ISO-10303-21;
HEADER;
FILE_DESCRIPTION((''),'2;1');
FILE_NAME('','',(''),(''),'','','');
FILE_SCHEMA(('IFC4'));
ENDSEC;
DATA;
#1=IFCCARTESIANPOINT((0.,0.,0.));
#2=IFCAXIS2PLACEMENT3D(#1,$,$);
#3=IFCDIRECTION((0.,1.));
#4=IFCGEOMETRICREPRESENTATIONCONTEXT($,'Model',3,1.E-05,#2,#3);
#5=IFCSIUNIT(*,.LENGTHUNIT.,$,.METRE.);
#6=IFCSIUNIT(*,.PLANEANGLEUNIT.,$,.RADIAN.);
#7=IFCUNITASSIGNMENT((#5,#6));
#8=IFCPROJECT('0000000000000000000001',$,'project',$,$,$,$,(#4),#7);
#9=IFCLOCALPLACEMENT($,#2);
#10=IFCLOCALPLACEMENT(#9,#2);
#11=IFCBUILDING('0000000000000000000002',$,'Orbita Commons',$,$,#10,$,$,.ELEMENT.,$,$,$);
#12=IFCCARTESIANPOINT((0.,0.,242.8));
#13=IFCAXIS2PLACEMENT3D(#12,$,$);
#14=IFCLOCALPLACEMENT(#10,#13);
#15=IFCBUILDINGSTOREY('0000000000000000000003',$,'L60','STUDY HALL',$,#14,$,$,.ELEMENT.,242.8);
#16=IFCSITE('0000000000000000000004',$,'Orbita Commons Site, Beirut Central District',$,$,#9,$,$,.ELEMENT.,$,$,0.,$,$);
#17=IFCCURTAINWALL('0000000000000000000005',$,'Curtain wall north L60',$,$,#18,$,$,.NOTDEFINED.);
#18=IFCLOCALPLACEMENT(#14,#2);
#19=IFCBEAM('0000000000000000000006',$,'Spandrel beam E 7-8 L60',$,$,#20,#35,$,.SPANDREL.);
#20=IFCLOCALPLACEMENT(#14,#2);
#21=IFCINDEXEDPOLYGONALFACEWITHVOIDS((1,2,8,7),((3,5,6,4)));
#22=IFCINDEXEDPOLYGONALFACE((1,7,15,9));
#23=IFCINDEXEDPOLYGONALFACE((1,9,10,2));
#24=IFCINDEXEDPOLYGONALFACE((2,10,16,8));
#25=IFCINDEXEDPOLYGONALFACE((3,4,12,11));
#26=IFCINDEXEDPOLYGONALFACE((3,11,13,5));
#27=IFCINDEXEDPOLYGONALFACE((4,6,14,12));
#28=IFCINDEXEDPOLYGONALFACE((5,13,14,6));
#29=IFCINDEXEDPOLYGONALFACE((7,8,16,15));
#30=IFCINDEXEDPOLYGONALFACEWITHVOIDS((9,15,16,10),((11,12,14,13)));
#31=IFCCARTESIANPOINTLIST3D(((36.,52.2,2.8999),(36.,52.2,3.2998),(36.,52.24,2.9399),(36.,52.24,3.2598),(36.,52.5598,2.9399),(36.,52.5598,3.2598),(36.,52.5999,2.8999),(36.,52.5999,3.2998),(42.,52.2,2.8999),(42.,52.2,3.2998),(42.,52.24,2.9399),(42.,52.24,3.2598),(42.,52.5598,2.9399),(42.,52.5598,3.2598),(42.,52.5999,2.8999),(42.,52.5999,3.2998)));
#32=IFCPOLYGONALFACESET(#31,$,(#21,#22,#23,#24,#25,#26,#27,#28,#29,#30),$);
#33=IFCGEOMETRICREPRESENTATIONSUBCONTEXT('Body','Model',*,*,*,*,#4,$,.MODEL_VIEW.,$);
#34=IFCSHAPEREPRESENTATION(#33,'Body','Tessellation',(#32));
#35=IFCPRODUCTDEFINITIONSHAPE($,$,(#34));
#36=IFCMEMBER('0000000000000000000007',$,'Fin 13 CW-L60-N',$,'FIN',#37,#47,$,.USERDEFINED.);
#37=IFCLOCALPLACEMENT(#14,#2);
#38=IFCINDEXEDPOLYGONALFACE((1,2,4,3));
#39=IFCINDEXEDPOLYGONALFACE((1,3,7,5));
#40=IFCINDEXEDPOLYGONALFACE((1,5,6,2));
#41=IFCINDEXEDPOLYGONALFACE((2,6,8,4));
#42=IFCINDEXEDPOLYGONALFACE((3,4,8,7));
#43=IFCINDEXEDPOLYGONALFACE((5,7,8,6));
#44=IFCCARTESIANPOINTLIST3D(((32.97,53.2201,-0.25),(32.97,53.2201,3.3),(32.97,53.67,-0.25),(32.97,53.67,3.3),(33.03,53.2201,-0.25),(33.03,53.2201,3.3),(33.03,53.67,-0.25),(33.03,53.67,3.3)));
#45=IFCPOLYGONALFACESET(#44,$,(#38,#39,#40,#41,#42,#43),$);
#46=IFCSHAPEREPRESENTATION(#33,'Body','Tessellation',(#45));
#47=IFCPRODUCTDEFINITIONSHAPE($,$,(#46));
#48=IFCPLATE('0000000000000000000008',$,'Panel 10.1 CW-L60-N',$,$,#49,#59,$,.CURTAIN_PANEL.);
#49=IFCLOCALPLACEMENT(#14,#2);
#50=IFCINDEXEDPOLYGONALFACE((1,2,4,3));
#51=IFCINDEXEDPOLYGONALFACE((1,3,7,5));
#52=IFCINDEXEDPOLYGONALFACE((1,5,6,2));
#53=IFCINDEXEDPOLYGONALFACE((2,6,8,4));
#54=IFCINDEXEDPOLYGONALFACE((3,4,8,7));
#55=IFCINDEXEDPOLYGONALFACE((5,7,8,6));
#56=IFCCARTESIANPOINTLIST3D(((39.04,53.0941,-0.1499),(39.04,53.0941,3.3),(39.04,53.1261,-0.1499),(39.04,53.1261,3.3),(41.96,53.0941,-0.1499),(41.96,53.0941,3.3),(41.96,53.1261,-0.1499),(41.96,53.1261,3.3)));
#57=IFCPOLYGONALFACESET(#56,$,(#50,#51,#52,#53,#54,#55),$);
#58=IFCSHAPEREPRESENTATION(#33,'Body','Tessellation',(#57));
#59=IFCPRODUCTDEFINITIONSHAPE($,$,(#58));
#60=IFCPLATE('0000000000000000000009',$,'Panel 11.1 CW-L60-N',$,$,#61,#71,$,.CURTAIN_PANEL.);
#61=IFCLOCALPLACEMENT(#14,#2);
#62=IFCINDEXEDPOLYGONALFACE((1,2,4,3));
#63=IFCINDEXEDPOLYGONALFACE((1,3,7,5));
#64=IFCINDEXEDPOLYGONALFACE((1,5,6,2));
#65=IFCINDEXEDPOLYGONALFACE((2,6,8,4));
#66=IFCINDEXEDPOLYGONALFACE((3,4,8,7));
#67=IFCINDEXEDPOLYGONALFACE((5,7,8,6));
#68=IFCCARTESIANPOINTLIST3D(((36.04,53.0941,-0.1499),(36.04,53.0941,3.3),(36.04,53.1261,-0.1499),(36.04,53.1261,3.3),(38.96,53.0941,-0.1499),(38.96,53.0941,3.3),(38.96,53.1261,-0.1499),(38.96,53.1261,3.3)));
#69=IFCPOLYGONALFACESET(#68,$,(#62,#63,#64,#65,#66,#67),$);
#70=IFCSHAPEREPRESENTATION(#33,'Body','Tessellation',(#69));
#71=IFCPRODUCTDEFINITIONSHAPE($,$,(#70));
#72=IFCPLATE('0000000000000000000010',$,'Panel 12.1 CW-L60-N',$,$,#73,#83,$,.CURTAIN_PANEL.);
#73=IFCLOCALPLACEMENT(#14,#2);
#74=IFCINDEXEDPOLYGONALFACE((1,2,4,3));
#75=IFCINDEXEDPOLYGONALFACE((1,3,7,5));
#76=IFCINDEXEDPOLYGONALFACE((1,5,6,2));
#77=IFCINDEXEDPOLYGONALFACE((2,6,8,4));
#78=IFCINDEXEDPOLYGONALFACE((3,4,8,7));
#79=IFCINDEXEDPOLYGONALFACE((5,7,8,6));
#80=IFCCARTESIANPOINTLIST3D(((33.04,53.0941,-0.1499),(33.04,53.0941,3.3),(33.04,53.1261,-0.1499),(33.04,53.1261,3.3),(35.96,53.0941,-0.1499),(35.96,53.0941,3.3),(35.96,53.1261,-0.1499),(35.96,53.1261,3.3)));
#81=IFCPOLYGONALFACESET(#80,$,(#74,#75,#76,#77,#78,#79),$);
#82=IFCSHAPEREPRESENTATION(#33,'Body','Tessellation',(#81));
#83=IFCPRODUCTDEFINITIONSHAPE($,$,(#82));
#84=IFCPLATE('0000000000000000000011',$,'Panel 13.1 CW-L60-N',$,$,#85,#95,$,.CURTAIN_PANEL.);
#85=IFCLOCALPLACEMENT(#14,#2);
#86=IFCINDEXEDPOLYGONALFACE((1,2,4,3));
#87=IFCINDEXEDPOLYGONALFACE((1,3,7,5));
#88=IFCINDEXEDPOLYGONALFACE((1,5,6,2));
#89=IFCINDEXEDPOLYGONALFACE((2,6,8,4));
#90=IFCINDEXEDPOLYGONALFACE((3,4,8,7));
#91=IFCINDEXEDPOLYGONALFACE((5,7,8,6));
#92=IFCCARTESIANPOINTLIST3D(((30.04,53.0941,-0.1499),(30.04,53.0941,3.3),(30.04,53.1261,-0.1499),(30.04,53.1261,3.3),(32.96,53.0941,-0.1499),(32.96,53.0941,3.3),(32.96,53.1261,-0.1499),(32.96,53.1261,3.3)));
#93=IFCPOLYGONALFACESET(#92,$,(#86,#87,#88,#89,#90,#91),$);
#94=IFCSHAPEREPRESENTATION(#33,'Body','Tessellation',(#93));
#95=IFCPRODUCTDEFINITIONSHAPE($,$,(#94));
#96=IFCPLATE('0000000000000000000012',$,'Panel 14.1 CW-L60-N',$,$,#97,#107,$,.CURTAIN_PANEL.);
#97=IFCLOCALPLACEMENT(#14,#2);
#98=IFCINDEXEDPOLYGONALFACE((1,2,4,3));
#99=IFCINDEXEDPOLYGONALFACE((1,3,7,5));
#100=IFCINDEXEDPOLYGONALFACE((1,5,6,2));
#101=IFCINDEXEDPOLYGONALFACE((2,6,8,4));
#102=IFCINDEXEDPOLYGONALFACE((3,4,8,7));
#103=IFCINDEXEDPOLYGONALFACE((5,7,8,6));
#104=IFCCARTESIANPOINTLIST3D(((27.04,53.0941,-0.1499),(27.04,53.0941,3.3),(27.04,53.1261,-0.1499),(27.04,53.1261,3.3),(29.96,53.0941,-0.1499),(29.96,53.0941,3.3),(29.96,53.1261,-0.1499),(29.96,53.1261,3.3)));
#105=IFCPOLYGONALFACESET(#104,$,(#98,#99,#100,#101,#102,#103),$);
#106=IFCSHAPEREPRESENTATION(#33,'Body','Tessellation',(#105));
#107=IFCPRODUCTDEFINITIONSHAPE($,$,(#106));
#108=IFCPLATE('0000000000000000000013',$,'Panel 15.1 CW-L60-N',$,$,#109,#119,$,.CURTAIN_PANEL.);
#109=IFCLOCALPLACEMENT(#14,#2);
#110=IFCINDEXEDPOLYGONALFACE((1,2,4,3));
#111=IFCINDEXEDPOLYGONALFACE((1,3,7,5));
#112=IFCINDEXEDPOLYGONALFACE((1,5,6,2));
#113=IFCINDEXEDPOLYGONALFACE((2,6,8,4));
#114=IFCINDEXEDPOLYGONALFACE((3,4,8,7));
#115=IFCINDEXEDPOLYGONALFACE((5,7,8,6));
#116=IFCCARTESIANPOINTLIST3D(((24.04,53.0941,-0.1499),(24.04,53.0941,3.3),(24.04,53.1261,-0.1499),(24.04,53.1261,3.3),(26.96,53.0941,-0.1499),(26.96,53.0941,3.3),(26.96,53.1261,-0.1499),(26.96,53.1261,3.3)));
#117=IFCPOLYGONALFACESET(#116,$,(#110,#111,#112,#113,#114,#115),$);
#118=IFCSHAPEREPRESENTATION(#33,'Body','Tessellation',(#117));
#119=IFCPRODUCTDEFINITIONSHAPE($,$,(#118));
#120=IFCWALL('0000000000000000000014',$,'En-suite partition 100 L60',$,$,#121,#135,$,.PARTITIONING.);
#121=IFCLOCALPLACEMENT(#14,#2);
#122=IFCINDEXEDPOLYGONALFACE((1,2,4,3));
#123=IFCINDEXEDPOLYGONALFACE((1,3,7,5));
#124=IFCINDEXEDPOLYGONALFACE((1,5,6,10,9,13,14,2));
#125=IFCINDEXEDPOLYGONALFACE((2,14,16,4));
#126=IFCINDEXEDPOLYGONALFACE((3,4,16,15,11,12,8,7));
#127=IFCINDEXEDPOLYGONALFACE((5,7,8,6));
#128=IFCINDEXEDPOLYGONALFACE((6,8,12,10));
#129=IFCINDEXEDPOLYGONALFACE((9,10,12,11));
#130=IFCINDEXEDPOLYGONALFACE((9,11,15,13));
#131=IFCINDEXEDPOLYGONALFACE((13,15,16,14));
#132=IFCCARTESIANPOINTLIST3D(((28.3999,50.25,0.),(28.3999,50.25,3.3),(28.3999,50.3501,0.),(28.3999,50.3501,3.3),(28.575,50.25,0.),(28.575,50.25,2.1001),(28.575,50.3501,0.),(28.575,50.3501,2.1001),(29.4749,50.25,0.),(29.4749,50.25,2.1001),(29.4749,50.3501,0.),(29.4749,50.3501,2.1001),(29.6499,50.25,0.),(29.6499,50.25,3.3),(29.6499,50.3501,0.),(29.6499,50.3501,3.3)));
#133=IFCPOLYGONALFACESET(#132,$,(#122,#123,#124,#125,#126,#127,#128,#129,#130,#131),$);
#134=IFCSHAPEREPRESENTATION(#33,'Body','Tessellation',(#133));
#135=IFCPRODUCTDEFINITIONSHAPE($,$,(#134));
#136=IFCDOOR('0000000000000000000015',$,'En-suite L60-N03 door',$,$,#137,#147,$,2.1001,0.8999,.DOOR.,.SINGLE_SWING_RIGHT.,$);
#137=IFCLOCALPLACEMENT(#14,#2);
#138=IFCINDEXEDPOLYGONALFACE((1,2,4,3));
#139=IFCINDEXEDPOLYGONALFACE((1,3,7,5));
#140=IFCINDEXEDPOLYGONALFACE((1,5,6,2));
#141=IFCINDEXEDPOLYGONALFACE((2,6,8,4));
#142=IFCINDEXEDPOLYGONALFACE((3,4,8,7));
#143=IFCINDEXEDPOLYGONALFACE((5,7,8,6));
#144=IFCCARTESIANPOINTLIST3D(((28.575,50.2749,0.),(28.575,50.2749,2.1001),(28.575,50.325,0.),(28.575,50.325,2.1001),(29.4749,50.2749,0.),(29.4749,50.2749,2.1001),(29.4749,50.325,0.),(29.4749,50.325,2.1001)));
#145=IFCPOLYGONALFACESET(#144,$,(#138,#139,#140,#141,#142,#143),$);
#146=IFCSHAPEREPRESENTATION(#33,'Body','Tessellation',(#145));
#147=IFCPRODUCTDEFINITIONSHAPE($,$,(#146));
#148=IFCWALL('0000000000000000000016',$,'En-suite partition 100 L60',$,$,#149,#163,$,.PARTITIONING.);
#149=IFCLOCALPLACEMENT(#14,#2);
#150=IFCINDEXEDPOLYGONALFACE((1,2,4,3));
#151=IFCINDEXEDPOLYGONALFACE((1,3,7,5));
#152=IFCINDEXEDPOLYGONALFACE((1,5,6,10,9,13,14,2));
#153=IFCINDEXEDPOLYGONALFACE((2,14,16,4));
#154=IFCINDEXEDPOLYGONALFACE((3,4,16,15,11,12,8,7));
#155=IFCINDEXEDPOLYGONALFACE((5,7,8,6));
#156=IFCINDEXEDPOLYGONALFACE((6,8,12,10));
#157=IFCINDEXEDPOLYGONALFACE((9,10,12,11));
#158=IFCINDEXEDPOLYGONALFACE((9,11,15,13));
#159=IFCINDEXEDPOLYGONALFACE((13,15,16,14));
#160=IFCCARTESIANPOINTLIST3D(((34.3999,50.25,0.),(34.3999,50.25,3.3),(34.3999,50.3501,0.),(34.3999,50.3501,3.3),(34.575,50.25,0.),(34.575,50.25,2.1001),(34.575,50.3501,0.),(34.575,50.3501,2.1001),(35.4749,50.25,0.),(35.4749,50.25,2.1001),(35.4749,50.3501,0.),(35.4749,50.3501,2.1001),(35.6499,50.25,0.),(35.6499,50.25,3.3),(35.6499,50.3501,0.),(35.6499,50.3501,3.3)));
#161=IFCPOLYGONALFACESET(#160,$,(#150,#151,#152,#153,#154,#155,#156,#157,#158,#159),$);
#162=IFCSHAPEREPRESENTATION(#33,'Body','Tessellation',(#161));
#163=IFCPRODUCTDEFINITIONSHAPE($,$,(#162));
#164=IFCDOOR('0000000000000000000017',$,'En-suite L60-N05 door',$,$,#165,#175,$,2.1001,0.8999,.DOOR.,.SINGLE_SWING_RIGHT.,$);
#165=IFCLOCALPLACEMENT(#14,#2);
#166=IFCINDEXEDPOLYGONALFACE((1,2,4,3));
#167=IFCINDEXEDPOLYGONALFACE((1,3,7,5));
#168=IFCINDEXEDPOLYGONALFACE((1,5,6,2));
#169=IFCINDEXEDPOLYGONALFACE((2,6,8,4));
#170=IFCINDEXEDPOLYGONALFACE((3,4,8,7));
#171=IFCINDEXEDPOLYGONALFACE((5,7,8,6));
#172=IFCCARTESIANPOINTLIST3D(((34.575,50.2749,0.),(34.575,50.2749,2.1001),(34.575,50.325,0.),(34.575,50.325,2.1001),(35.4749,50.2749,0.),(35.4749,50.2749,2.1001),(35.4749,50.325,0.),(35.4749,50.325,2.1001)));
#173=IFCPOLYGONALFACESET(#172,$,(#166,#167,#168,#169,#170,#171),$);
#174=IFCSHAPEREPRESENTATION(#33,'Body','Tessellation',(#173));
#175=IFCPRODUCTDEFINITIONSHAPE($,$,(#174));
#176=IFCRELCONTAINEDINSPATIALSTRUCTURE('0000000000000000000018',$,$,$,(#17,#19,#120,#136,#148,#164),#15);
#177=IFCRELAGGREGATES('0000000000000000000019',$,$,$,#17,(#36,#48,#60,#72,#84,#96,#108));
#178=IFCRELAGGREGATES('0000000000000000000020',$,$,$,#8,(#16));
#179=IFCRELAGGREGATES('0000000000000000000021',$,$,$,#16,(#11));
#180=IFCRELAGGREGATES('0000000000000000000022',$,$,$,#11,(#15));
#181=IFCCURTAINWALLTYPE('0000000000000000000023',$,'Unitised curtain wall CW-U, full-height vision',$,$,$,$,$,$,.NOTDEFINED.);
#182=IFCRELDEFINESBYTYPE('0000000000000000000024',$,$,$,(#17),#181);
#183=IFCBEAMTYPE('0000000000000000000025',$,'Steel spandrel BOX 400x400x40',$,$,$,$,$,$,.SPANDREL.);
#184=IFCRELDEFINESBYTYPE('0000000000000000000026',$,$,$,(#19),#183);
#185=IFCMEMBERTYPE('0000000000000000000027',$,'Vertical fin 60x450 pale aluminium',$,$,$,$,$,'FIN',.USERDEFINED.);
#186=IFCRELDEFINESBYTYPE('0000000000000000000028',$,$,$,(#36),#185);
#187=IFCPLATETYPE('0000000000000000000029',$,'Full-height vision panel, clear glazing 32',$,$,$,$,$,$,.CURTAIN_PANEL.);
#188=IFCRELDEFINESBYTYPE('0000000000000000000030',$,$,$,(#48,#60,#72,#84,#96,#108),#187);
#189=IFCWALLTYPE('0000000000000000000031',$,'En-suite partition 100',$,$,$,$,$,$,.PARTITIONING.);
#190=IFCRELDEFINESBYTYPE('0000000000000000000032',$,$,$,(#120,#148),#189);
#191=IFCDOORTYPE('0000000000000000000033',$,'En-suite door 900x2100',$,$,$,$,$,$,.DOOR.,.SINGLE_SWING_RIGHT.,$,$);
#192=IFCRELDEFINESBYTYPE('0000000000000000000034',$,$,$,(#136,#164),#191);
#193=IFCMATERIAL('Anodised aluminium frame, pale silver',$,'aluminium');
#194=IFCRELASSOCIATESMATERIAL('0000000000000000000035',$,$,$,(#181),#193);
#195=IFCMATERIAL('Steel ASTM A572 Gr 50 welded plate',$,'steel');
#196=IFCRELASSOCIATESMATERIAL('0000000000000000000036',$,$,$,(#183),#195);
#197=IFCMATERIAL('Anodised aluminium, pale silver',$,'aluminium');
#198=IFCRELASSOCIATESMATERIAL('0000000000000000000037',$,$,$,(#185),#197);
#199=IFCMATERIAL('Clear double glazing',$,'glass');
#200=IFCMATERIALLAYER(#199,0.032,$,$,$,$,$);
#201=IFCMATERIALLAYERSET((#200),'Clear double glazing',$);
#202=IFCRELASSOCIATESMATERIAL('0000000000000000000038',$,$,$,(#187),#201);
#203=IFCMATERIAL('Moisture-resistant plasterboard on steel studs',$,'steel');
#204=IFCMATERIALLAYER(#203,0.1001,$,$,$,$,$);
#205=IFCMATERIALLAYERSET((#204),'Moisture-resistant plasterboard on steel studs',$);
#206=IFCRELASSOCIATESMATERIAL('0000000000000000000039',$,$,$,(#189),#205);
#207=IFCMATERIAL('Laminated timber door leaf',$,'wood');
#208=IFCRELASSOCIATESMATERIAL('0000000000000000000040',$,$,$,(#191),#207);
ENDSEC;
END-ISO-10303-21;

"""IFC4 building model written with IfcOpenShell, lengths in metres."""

from ifc_helpers import new_model, si_unit, direction, frame, frame_2d, origin, origin_2d, place, context, subcontext, project, spatial, rectangle, hollow_rectangle, extrude, material, layer, layer_set, material_profile, profile_set, type_object, element, fill, aggregate, save


model = new_model("IFC4")

# Units and contexts
model_context = context("Model", 3, precision=1e-05, world=origin(), true_north=direction((0.0, 1.0)))
body_context = subcontext(model_context, "Body", "Model", "MODEL_VIEW")
ifc_project = project(units=[si_unit("LENGTHUNIT", "METRE"), si_unit("PLANEANGLEUNIT", "RADIAN")], contexts=[model_context])

# Site, building, storey
site_placement = place(None, origin())
site = spatial("IfcSite", under=ifc_project, at=site_placement, Name="Orbita Commons Site, Beirut Central District", CompositionType="ELEMENT", RefElevation=0.0)
building_placement = place(site_placement, origin())
building = spatial("IfcBuilding", under=site, at=building_placement, Name="Orbita Commons", CompositionType="ELEMENT")
storey_placement = place(building_placement, frame((0.0, 0.0, 242.8)))
storey = spatial("IfcBuildingStorey", under=building, at=storey_placement, Name="L60", Description="STUDY HALL", CompositionType="ELEMENT", Elevation=242.8)

# Curtain wall
ifc_material_1 = material(Name="Anodised aluminium frame, pale silver", Category="aluminium")
curtain_wall_type = type_object("IfcCurtainWallType", Name="Unitised curtain wall CW-U, full-height vision", PredefinedType="NOTDEFINED", material=ifc_material_1)
curtain_wall_placement = place(storey_placement, origin())
curtain_wall = element("IfcCurtainWall", 1, at=curtain_wall_placement, inside=storey, type_object=curtain_wall_type, Name="Curtain wall north L60", PredefinedType="NOTDEFINED")

# Beam
ifc_material_2 = material(Name="Steel ASTM A572 Gr 50 welded plate", Category="steel")
ifc_material_profile_1 = material_profile(ifc_material_2, hollow_rectangle(XDim=0.3999, YDim=0.3999, WallThickness=0.04, at=origin_2d()), Name="BOX 400x400x40")
ifc_profile_set_1 = profile_set([ifc_material_profile_1], Name="Steel ASTM A572 Gr 50 welded plate")
beam_type = type_object("IfcBeamType", Name="Steel spandrel BOX 400x400x40", PredefinedType="SPANDREL", material=ifc_profile_set_1)
for number, where, z_axis, x_axis, name in (
    (2, (36.0, 52.3999, 3.0999), (1.0, 0.0, 0.0), (0.0, 1.0, 0.0), "Spandrel beam E 7-8 L60"),
):
    element("IfcBeam", number, at=place(storey_placement, frame(where, z_axis=z_axis, x_axis=x_axis)), inside=storey, type_object=beam_type, Name=name, PredefinedType="SPANDREL", context=body_context, shape_type="SweptSolid", body=[
        extrude(hollow_rectangle(XDim=0.3999, YDim=0.3999, WallThickness=0.04, at=origin_2d()), origin(), (0.0, 0.0, 1.0), 6.0),
    ])

# Member
ifc_material_3 = material(Name="Anodised aluminium, pale silver", Category="aluminium")
ifc_material_profile_2 = material_profile(ifc_material_3, rectangle(XDim=0.0601, YDim=0.45, at=origin_2d()), Name="FIN 60x450")
ifc_profile_set_2 = profile_set([ifc_material_profile_2], Name="Anodised aluminium, pale silver")
member_type_1 = type_object("IfcMemberType", Name="Vertical fin 60x450 pale aluminium", ElementType="FIN", PredefinedType="USERDEFINED", material=ifc_profile_set_2)
member_1_placement = place(storey_placement, frame((33.0, 53.4451, -0.25), z_axis=(0.0, 0.0, 1.0), x_axis=(-1.0, 0.0, 0.0)))
member_1 = element("IfcMember", 3, at=member_1_placement, type_object=member_type_1, Name="Fin 13 CW-L60-N", ObjectType="FIN", PredefinedType="USERDEFINED", context=body_context, shape_type="SweptSolid", body=[
    extrude(rectangle(XDim=0.0601, YDim=0.45, at=origin_2d()), origin(), (0.0, 0.0, 1.0), 3.55),
])

# Plates
ifc_material_4 = material(Name="Clear double glazing", Category="glass")
ifc_layer_1 = layer(ifc_material_4, 0.032)
ifc_layer_set_1 = layer_set([ifc_layer_1], Name="Clear double glazing")
plate_type = type_object("IfcPlateType", Name="Full-height vision panel, clear glazing 32", PredefinedType="CURTAIN_PANEL", material=ifc_layer_set_1)
plate_1_placement = place(storey_placement, frame((40.5, 53.1101, -0.1499), z_axis=(0.0, 0.0, 1.0), x_axis=(-1.0, 0.0, 0.0)))
plate_1 = element("IfcPlate", 4, at=plate_1_placement, type_object=plate_type, Name="Panel 10.1 CW-L60-N", PredefinedType="CURTAIN_PANEL", context=body_context, shape_type="SweptSolid", body=[
    extrude(rectangle(XDim=2.9199, YDim=0.032, at=origin_2d()), origin(), (0.0, 0.0, 1.0), 3.45),
])
plate_2_placement = place(storey_placement, frame((37.5, 53.1101, -0.1499), z_axis=(0.0, 0.0, 1.0), x_axis=(-1.0, 0.0, 0.0)))
plate_2 = element("IfcPlate", 5, at=plate_2_placement, type_object=plate_type, Name="Panel 11.1 CW-L60-N", PredefinedType="CURTAIN_PANEL", context=body_context, shape_type="SweptSolid", body=[
    extrude(rectangle(XDim=2.9199, YDim=0.032, at=origin_2d()), origin(), (0.0, 0.0, 1.0), 3.45),
])
plate_3_placement = place(storey_placement, frame((34.5, 53.1101, -0.1499), z_axis=(0.0, 0.0, 1.0), x_axis=(-1.0, 0.0, 0.0)))
plate_3 = element("IfcPlate", 6, at=plate_3_placement, type_object=plate_type, Name="Panel 12.1 CW-L60-N", PredefinedType="CURTAIN_PANEL", context=body_context, shape_type="SweptSolid", body=[
    extrude(rectangle(XDim=2.9199, YDim=0.032, at=origin_2d()), origin(), (0.0, 0.0, 1.0), 3.45),
])
plate_4_placement = place(storey_placement, frame((31.5, 53.1101, -0.1499), z_axis=(0.0, 0.0, 1.0), x_axis=(-1.0, 0.0, 0.0)))
plate_4 = element("IfcPlate", 7, at=plate_4_placement, type_object=plate_type, Name="Panel 13.1 CW-L60-N", PredefinedType="CURTAIN_PANEL", context=body_context, shape_type="SweptSolid", body=[
    extrude(rectangle(XDim=2.9199, YDim=0.032, at=origin_2d()), origin(), (0.0, 0.0, 1.0), 3.45),
])
plate_5_placement = place(storey_placement, frame((28.5, 53.1101, -0.1499), z_axis=(0.0, 0.0, 1.0), x_axis=(-1.0, 0.0, 0.0)))
plate_5 = element("IfcPlate", 8, at=plate_5_placement, type_object=plate_type, Name="Panel 14.1 CW-L60-N", PredefinedType="CURTAIN_PANEL", context=body_context, shape_type="SweptSolid", body=[
    extrude(rectangle(XDim=2.9199, YDim=0.032, at=origin_2d()), origin(), (0.0, 0.0, 1.0), 3.45),
])
plate_6_placement = place(storey_placement, frame((25.5, 53.1101, -0.1499), z_axis=(0.0, 0.0, 1.0), x_axis=(-1.0, 0.0, 0.0)))
plate_6 = element("IfcPlate", 9, at=plate_6_placement, type_object=plate_type, Name="Panel 15.1 CW-L60-N", PredefinedType="CURTAIN_PANEL", context=body_context, shape_type="SweptSolid", body=[
    extrude(rectangle(XDim=2.9199, YDim=0.032, at=origin_2d()), origin(), (0.0, 0.0, 1.0), 3.45),
])
aggregate(curtain_wall, [member_1, plate_1, plate_2, plate_3, plate_4, plate_5, plate_6])

# Walls, openings, doors
ifc_material_5 = material(Name="Moisture-resistant plasterboard on steel studs", Category="steel")
ifc_layer_2 = layer(ifc_material_5, 0.1001)
ifc_layer_set_2 = layer_set([ifc_layer_2], Name="Moisture-resistant plasterboard on steel studs")
wall_type_1 = type_object("IfcWallType", Name="En-suite partition 100", PredefinedType="PARTITIONING", material=ifc_layer_set_2)
wall_1_placement = place(storey_placement, frame((28.3999, 50.3, 0.0), z_axis=(0.0, 0.0, 1.0), x_axis=(1.0, 0.0, 0.0)))
wall_1 = element("IfcWall", 10, at=wall_1_placement, inside=storey, type_object=wall_type_1, Name="En-suite partition 100 L60", PredefinedType="PARTITIONING", context=body_context, shape_type="SweptSolid", body=[
    extrude(rectangle(XDim=1.25, YDim=0.1001, at=frame_2d((0.625, 0.0))), origin(), (0.0, 0.0, 1.0), 3.3),
])
opening_1_placement = place(wall_1_placement, frame((0.175, 0.0, 0.0)))
opening_1 = element("IfcOpeningElement", 11, at=opening_1_placement, cuts=wall_1, PredefinedType="OPENING", context=body_context, shape_type="SweptSolid", body=[
    extrude(rectangle(XDim=0.8999, YDim=2.1001, at=frame_2d((0.45, 1.05))), frame((0.0, 0.0601, 0.0), z_axis=(0.0, -1.0, 0.0), x_axis=(1.0, 0.0, 0.0)), (0.0, 0.0, 1.0), 0.1201),
])
ifc_material_6 = material(Name="Laminated timber door leaf", Category="wood")
door_type = type_object("IfcDoorType", Name="En-suite door 900x2100", OperationType="SINGLE_SWING_RIGHT", PredefinedType="DOOR", material=ifc_material_6)
door_1_placement = place(opening_1_placement, origin())
door_1 = element("IfcDoor", 12, at=door_1_placement, inside=storey, type_object=door_type, Name="En-suite L60-N03 door", OperationType="SINGLE_SWING_RIGHT", OverallHeight=2.1001, OverallWidth=0.8999, PredefinedType="DOOR", context=body_context, shape_type="SweptSolid", body=[
    extrude(rectangle(XDim=0.8999, YDim=2.1001, at=frame_2d((0.45, 1.05))), frame((0.0, 0.0249, 0.0), z_axis=(0.0, -1.0, 0.0), x_axis=(1.0, 0.0, 0.0)), (0.0, 0.0, 1.0), 0.05),
])
fill(opening_1, door_1)
wall_2_placement = place(storey_placement, frame((34.3999, 50.3, 0.0), z_axis=(0.0, 0.0, 1.0), x_axis=(1.0, 0.0, 0.0)))
wall_2 = element("IfcWall", 13, at=wall_2_placement, inside=storey, type_object=wall_type_1, Name="En-suite partition 100 L60", PredefinedType="PARTITIONING", context=body_context, shape_type="SweptSolid", body=[
    extrude(rectangle(XDim=1.25, YDim=0.1001, at=frame_2d((0.625, 0.0))), origin(), (0.0, 0.0, 1.0), 3.3),
])
opening_2_placement = place(wall_2_placement, frame((0.175, 0.0, 0.0)))
opening_2 = element("IfcOpeningElement", 14, at=opening_2_placement, cuts=wall_2, PredefinedType="OPENING", context=body_context, shape_type="SweptSolid", body=[
    extrude(rectangle(XDim=0.8999, YDim=2.1001, at=frame_2d((0.45, 1.05))), frame((0.0, 0.0601, 0.0), z_axis=(0.0, -1.0, 0.0), x_axis=(1.0, 0.0, 0.0)), (0.0, 0.0, 1.0), 0.1201),
])
door_2_placement = place(opening_2_placement, origin())
door_2 = element("IfcDoor", 15, at=door_2_placement, inside=storey, type_object=door_type, Name="En-suite L60-N05 door", OperationType="SINGLE_SWING_RIGHT", OverallHeight=2.1001, OverallWidth=0.8999, PredefinedType="DOOR", context=body_context, shape_type="SweptSolid", body=[
    extrude(rectangle(XDim=0.8999, YDim=2.1001, at=frame_2d((0.45, 1.05))), frame((0.0, 0.0249, 0.0), z_axis=(0.0, -1.0, 0.0), x_axis=(1.0, 0.0, 0.0)), (0.0, 0.0, 1.0), 0.05),
])
fill(opening_2, door_2)

save(model, "model.ifc")
